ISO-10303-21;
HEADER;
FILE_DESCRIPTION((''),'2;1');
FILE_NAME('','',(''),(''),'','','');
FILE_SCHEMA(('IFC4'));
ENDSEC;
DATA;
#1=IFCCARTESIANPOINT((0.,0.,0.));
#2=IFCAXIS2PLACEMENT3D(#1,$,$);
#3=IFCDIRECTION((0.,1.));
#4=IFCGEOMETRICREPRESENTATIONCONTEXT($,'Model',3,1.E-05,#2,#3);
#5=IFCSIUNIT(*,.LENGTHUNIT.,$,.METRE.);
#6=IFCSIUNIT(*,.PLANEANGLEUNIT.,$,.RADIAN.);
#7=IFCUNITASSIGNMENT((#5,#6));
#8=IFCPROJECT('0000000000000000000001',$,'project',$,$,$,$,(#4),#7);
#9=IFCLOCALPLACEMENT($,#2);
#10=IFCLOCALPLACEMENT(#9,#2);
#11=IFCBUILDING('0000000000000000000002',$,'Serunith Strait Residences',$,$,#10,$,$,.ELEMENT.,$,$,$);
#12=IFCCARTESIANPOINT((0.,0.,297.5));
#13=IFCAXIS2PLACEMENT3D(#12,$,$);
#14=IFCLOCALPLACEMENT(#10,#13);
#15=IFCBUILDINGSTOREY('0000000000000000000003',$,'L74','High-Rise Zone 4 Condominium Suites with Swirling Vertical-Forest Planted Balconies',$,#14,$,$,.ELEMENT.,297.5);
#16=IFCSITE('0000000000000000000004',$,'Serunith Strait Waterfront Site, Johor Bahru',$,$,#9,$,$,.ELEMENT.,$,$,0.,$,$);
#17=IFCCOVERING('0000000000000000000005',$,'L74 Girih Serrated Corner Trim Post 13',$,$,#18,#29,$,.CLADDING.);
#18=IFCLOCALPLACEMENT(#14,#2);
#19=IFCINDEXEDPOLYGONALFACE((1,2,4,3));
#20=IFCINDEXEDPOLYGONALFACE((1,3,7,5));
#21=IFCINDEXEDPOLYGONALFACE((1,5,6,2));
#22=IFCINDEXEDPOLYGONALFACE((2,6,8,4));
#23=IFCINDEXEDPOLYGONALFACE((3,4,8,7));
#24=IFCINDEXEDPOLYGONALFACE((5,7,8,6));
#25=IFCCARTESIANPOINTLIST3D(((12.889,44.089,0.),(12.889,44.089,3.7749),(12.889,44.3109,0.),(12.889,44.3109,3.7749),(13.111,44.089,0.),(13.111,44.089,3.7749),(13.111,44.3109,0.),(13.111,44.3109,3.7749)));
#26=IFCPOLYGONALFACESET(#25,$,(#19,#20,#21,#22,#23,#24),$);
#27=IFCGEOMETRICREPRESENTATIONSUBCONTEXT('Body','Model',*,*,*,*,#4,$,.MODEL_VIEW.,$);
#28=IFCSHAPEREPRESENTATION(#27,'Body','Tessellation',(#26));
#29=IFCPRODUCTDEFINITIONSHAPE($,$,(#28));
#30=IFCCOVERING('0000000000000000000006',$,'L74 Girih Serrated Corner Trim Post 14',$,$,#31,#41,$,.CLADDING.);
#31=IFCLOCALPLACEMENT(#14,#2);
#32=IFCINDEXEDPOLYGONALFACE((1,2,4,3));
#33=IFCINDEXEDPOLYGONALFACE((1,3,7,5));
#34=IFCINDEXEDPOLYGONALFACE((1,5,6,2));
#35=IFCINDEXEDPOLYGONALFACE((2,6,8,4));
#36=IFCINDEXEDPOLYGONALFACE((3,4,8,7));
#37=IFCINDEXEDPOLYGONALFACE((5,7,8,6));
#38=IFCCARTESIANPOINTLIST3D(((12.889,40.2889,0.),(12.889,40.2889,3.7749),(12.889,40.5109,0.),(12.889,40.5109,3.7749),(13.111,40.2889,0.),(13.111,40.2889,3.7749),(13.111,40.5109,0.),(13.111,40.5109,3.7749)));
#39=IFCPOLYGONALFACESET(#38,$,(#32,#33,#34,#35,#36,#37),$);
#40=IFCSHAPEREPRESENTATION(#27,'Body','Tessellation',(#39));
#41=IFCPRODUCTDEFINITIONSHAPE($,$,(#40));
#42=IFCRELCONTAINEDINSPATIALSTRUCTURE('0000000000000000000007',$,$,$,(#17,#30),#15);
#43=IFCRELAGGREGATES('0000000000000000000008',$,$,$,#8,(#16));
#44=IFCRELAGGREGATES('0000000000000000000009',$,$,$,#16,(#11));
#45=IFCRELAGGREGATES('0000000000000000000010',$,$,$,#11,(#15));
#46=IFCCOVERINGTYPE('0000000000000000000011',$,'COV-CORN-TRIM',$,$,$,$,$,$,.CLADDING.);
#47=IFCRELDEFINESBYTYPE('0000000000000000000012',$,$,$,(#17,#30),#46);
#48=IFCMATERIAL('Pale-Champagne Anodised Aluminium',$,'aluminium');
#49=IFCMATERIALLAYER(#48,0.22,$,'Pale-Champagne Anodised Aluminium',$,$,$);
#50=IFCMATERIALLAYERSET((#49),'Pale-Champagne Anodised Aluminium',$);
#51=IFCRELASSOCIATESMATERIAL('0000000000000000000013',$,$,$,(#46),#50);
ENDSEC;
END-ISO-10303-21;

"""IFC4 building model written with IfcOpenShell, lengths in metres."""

from ifc_helpers import new_model, si_unit, direction, frame, origin, origin_2d, place, context, subcontext, project, spatial, rectangle, extrude, source, transform, mapped, material, layer, layer_set, type_object, element, save


model = new_model("IFC4")

# Units and contexts
model_context = context("Model", 3, precision=1e-05, world=origin(), true_north=direction((0.0, 1.0)))
body_context = subcontext(model_context, "Body", "Model", "MODEL_VIEW")
ifc_project = project(units=[si_unit("LENGTHUNIT", "METRE"), si_unit("PLANEANGLEUNIT", "RADIAN")], contexts=[model_context])

# Site, building, storey
site_placement = place(None, origin())
site = spatial("IfcSite", under=ifc_project, at=site_placement, Name="Serunith Strait Waterfront Site, Johor Bahru", CompositionType="ELEMENT", RefElevation=0.0)
building_placement = place(site_placement, origin())
building = spatial("IfcBuilding", under=site, at=building_placement, Name="Serunith Strait Residences", CompositionType="ELEMENT")
storey_placement = place(building_placement, frame((0.0, 0.0, 297.5)))
storey = spatial("IfcBuildingStorey", under=building, at=storey_placement, Name="L74", Description="High-Rise Zone 4 Condominium Suites with Swirling Vertical-Forest Planted Balconies", CompositionType="ELEMENT", Elevation=297.5)

# Coverings
ifc_material_1 = material(Name="Pale-Champagne Anodised Aluminium", Category="aluminium")
ifc_layer_1 = layer(ifc_material_1, 0.22, Name="Pale-Champagne Anodised Aluminium")
ifc_layer_set_1 = layer_set([ifc_layer_1], Name="Pale-Champagne Anodised Aluminium")
covering_type = type_object("IfcCoveringType", Name="COV-CORN-TRIM", PredefinedType="CLADDING", material=ifc_layer_set_1)
shared_shape_1 = source(origin(), body_context, "Body", "SweptSolid", [
    extrude(rectangle(XDim=0.2219, YDim=0.2219, at=origin_2d()), origin(), (0.0, 0.0, 1.0), 3.7749),
])
for number, where, z_axis, x_axis, name in (
    (1, (13.0, 44.2, 0.0), (0.0, 0.0, 1.0), (1.0, 0.0, 0.0), "L74 Girih Serrated Corner Trim Post 13"),
    (2, (13.0, 40.3999, 0.0), (0.0, 0.0, 1.0), (1.0, 0.0, 0.0), "L74 Girih Serrated Corner Trim Post 14"),
):
    element("IfcCovering", number, at=place(storey_placement, frame(where, z_axis=z_axis, x_axis=x_axis)), inside=storey, type_object=covering_type, Name=name, PredefinedType="CLADDING", context=body_context, shape_type="MappedRepresentation", body=[
        mapped(shared_shape_1, transform((0.0, 0.0, 0.0), scale=1.0)),
    ])

save(model, "model.ifc")
